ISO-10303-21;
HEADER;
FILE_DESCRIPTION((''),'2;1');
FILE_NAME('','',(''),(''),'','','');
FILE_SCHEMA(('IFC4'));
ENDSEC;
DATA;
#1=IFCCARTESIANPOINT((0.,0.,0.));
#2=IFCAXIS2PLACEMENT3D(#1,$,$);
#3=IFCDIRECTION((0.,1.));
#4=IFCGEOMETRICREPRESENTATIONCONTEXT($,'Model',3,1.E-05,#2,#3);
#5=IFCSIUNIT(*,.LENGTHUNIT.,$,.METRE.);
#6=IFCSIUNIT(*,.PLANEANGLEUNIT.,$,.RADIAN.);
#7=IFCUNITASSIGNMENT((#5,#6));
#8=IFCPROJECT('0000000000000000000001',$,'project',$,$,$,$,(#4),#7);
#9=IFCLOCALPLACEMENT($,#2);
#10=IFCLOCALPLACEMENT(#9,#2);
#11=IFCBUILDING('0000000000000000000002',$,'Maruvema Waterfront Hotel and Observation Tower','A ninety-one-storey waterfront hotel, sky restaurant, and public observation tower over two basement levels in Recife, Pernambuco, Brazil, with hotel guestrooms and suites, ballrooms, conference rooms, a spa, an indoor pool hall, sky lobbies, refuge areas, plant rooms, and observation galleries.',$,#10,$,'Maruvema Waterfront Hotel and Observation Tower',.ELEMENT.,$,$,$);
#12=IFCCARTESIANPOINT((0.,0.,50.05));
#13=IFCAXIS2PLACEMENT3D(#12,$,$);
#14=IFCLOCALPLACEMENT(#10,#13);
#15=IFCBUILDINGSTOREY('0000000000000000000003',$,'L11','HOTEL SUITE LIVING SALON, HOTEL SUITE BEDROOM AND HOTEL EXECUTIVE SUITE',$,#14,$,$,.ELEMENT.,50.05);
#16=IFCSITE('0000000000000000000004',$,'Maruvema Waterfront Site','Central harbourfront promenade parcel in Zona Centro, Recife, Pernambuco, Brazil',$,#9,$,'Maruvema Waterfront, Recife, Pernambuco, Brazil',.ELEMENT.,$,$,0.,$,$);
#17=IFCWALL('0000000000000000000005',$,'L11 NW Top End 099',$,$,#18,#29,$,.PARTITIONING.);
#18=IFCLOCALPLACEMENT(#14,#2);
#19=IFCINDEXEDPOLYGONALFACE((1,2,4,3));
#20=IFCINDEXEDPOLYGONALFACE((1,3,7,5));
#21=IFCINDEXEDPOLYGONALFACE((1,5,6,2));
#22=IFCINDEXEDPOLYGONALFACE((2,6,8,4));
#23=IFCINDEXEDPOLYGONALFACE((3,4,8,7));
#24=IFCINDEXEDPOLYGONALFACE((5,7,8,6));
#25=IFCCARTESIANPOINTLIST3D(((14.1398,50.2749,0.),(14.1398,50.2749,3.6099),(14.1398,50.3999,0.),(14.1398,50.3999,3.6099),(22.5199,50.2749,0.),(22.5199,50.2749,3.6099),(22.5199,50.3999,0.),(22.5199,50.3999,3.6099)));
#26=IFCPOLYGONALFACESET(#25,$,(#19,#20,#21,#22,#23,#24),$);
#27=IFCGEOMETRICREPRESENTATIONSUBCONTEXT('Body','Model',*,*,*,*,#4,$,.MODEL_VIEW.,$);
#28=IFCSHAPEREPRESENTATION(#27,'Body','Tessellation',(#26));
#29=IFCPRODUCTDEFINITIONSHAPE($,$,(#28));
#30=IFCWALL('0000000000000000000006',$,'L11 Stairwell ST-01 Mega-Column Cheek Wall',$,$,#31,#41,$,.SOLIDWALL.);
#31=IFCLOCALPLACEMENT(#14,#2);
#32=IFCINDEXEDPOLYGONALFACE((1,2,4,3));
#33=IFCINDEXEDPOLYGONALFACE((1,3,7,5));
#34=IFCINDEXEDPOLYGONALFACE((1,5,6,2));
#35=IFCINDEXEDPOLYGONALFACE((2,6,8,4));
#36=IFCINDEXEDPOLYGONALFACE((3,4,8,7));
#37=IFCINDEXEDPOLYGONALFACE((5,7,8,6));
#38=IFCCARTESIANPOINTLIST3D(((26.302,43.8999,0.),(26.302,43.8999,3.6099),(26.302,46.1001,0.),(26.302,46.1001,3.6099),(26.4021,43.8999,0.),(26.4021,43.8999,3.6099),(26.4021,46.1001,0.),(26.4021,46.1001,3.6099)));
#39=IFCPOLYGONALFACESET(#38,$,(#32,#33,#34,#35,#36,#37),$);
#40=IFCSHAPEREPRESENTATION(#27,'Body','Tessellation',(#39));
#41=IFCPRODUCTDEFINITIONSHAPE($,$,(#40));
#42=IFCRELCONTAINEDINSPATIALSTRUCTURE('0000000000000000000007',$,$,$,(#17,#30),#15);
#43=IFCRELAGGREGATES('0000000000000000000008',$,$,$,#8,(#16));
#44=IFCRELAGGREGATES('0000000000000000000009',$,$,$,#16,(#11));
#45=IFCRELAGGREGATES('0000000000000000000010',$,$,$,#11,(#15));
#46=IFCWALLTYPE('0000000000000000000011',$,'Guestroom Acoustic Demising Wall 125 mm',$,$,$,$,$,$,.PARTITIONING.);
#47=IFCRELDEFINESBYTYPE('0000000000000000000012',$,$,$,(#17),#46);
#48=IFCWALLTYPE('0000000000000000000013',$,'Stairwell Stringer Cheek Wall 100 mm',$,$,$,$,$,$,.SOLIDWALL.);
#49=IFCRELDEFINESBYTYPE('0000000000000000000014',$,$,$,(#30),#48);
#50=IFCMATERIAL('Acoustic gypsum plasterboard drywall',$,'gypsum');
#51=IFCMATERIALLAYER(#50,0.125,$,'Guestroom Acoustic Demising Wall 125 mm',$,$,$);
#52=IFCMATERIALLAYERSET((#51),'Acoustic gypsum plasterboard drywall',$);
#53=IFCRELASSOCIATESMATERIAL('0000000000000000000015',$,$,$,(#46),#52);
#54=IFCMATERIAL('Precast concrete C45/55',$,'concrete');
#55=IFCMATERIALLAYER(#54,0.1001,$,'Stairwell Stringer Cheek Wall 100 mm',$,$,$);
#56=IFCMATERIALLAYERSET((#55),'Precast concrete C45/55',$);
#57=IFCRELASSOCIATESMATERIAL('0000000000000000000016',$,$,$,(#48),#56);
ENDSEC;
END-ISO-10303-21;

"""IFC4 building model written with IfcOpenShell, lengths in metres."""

from ifc_helpers import new_model, si_unit, direction, frame, frame_2d, origin, place, context, subcontext, project, spatial, rectangle, extrude, material, layer, layer_set, type_object, element, save


model = new_model("IFC4")

# Units and contexts
model_context = context("Model", 3, precision=1e-05, world=origin(), true_north=direction((0.0, 1.0)))
body_context = subcontext(model_context, "Body", "Model", "MODEL_VIEW")
ifc_project = project(units=[si_unit("LENGTHUNIT", "METRE"), si_unit("PLANEANGLEUNIT", "RADIAN")], contexts=[model_context])

# Site, building, storey
site_placement = place(None, origin())
site = spatial("IfcSite", under=ifc_project, at=site_placement, Name="Maruvema Waterfront Site", Description="Central harbourfront promenade parcel in Zona Centro, Recife, Pernambuco, Brazil", LongName="Maruvema Waterfront, Recife, Pernambuco, Brazil", CompositionType="ELEMENT", RefElevation=0.0)
building_placement = place(site_placement, origin())
building = spatial("IfcBuilding", under=site, at=building_placement, Name="Maruvema Waterfront Hotel and Observation Tower", Description="A ninety-one-storey waterfront hotel, sky restaurant, and public observation tower over two basement levels in Recife, Pernambuco, Brazil, with hotel guestrooms and suites, ballrooms, conference rooms, a spa, an indoor pool hall, sky lobbies, refuge areas, plant rooms, and observation galleries.", LongName="Maruvema Waterfront Hotel and Observation Tower", CompositionType="ELEMENT")
storey_placement = place(building_placement, frame((0.0, 0.0, 50.05)))
storey = spatial("IfcBuildingStorey", under=building, at=storey_placement, Name="L11", Description="HOTEL SUITE LIVING SALON, HOTEL SUITE BEDROOM AND HOTEL EXECUTIVE SUITE", CompositionType="ELEMENT", Elevation=50.05)

# Walls
ifc_material_1 = material(Name="Acoustic gypsum plasterboard drywall", Category="gypsum")
ifc_layer_1 = layer(ifc_material_1, 0.125, Name="Guestroom Acoustic Demising Wall 125 mm")
ifc_layer_set_1 = layer_set([ifc_layer_1], Name="Acoustic gypsum plasterboard drywall")
wall_type_1 = type_object("IfcWallType", Name="Guestroom Acoustic Demising Wall 125 mm", PredefinedType="PARTITIONING", material=ifc_layer_set_1)
wall_1_placement = place(storey_placement, frame((14.1399, 50.3374, 0.0), z_axis=(0.0, 0.0, 1.0), x_axis=(1.0, 0.0, 0.0)))
element("IfcWall", 1, at=wall_1_placement, inside=storey, type_object=wall_type_1, Name="L11 NW Top End 099", PredefinedType="PARTITIONING", context=body_context, shape_type="SweptSolid", body=[
    extrude(rectangle(XDim=8.3801, YDim=0.125, at=frame_2d((4.1899, 0.0))), origin(), (0.0, 0.0, 1.0), 3.6099),
])
ifc_material_2 = material(Name="Precast concrete C45/55", Category="concrete")
ifc_layer_2 = layer(ifc_material_2, 0.1001, Name="Stairwell Stringer Cheek Wall 100 mm")
ifc_layer_set_2 = layer_set([ifc_layer_2], Name="Precast concrete C45/55")
wall_type_2 = type_object("IfcWallType", Name="Stairwell Stringer Cheek Wall 100 mm", PredefinedType="SOLIDWALL", material=ifc_layer_set_2)
wall_2_placement = place(storey_placement, frame((26.3521, 43.8999, 0.0), z_axis=(0.0, 0.0, 1.0), x_axis=(0.0, 1.0, 0.0)))
element("IfcWall", 2, at=wall_2_placement, inside=storey, type_object=wall_type_2, Name="L11 Stairwell ST-01 Mega-Column Cheek Wall", PredefinedType="SOLIDWALL", context=body_context, shape_type="SweptSolid", body=[
    extrude(rectangle(XDim=2.2002, YDim=0.1001, at=frame_2d((1.1001, 0.0))), origin(), (0.0, 0.0, 1.0), 3.6099),
])

save(model, "model.ifc")
